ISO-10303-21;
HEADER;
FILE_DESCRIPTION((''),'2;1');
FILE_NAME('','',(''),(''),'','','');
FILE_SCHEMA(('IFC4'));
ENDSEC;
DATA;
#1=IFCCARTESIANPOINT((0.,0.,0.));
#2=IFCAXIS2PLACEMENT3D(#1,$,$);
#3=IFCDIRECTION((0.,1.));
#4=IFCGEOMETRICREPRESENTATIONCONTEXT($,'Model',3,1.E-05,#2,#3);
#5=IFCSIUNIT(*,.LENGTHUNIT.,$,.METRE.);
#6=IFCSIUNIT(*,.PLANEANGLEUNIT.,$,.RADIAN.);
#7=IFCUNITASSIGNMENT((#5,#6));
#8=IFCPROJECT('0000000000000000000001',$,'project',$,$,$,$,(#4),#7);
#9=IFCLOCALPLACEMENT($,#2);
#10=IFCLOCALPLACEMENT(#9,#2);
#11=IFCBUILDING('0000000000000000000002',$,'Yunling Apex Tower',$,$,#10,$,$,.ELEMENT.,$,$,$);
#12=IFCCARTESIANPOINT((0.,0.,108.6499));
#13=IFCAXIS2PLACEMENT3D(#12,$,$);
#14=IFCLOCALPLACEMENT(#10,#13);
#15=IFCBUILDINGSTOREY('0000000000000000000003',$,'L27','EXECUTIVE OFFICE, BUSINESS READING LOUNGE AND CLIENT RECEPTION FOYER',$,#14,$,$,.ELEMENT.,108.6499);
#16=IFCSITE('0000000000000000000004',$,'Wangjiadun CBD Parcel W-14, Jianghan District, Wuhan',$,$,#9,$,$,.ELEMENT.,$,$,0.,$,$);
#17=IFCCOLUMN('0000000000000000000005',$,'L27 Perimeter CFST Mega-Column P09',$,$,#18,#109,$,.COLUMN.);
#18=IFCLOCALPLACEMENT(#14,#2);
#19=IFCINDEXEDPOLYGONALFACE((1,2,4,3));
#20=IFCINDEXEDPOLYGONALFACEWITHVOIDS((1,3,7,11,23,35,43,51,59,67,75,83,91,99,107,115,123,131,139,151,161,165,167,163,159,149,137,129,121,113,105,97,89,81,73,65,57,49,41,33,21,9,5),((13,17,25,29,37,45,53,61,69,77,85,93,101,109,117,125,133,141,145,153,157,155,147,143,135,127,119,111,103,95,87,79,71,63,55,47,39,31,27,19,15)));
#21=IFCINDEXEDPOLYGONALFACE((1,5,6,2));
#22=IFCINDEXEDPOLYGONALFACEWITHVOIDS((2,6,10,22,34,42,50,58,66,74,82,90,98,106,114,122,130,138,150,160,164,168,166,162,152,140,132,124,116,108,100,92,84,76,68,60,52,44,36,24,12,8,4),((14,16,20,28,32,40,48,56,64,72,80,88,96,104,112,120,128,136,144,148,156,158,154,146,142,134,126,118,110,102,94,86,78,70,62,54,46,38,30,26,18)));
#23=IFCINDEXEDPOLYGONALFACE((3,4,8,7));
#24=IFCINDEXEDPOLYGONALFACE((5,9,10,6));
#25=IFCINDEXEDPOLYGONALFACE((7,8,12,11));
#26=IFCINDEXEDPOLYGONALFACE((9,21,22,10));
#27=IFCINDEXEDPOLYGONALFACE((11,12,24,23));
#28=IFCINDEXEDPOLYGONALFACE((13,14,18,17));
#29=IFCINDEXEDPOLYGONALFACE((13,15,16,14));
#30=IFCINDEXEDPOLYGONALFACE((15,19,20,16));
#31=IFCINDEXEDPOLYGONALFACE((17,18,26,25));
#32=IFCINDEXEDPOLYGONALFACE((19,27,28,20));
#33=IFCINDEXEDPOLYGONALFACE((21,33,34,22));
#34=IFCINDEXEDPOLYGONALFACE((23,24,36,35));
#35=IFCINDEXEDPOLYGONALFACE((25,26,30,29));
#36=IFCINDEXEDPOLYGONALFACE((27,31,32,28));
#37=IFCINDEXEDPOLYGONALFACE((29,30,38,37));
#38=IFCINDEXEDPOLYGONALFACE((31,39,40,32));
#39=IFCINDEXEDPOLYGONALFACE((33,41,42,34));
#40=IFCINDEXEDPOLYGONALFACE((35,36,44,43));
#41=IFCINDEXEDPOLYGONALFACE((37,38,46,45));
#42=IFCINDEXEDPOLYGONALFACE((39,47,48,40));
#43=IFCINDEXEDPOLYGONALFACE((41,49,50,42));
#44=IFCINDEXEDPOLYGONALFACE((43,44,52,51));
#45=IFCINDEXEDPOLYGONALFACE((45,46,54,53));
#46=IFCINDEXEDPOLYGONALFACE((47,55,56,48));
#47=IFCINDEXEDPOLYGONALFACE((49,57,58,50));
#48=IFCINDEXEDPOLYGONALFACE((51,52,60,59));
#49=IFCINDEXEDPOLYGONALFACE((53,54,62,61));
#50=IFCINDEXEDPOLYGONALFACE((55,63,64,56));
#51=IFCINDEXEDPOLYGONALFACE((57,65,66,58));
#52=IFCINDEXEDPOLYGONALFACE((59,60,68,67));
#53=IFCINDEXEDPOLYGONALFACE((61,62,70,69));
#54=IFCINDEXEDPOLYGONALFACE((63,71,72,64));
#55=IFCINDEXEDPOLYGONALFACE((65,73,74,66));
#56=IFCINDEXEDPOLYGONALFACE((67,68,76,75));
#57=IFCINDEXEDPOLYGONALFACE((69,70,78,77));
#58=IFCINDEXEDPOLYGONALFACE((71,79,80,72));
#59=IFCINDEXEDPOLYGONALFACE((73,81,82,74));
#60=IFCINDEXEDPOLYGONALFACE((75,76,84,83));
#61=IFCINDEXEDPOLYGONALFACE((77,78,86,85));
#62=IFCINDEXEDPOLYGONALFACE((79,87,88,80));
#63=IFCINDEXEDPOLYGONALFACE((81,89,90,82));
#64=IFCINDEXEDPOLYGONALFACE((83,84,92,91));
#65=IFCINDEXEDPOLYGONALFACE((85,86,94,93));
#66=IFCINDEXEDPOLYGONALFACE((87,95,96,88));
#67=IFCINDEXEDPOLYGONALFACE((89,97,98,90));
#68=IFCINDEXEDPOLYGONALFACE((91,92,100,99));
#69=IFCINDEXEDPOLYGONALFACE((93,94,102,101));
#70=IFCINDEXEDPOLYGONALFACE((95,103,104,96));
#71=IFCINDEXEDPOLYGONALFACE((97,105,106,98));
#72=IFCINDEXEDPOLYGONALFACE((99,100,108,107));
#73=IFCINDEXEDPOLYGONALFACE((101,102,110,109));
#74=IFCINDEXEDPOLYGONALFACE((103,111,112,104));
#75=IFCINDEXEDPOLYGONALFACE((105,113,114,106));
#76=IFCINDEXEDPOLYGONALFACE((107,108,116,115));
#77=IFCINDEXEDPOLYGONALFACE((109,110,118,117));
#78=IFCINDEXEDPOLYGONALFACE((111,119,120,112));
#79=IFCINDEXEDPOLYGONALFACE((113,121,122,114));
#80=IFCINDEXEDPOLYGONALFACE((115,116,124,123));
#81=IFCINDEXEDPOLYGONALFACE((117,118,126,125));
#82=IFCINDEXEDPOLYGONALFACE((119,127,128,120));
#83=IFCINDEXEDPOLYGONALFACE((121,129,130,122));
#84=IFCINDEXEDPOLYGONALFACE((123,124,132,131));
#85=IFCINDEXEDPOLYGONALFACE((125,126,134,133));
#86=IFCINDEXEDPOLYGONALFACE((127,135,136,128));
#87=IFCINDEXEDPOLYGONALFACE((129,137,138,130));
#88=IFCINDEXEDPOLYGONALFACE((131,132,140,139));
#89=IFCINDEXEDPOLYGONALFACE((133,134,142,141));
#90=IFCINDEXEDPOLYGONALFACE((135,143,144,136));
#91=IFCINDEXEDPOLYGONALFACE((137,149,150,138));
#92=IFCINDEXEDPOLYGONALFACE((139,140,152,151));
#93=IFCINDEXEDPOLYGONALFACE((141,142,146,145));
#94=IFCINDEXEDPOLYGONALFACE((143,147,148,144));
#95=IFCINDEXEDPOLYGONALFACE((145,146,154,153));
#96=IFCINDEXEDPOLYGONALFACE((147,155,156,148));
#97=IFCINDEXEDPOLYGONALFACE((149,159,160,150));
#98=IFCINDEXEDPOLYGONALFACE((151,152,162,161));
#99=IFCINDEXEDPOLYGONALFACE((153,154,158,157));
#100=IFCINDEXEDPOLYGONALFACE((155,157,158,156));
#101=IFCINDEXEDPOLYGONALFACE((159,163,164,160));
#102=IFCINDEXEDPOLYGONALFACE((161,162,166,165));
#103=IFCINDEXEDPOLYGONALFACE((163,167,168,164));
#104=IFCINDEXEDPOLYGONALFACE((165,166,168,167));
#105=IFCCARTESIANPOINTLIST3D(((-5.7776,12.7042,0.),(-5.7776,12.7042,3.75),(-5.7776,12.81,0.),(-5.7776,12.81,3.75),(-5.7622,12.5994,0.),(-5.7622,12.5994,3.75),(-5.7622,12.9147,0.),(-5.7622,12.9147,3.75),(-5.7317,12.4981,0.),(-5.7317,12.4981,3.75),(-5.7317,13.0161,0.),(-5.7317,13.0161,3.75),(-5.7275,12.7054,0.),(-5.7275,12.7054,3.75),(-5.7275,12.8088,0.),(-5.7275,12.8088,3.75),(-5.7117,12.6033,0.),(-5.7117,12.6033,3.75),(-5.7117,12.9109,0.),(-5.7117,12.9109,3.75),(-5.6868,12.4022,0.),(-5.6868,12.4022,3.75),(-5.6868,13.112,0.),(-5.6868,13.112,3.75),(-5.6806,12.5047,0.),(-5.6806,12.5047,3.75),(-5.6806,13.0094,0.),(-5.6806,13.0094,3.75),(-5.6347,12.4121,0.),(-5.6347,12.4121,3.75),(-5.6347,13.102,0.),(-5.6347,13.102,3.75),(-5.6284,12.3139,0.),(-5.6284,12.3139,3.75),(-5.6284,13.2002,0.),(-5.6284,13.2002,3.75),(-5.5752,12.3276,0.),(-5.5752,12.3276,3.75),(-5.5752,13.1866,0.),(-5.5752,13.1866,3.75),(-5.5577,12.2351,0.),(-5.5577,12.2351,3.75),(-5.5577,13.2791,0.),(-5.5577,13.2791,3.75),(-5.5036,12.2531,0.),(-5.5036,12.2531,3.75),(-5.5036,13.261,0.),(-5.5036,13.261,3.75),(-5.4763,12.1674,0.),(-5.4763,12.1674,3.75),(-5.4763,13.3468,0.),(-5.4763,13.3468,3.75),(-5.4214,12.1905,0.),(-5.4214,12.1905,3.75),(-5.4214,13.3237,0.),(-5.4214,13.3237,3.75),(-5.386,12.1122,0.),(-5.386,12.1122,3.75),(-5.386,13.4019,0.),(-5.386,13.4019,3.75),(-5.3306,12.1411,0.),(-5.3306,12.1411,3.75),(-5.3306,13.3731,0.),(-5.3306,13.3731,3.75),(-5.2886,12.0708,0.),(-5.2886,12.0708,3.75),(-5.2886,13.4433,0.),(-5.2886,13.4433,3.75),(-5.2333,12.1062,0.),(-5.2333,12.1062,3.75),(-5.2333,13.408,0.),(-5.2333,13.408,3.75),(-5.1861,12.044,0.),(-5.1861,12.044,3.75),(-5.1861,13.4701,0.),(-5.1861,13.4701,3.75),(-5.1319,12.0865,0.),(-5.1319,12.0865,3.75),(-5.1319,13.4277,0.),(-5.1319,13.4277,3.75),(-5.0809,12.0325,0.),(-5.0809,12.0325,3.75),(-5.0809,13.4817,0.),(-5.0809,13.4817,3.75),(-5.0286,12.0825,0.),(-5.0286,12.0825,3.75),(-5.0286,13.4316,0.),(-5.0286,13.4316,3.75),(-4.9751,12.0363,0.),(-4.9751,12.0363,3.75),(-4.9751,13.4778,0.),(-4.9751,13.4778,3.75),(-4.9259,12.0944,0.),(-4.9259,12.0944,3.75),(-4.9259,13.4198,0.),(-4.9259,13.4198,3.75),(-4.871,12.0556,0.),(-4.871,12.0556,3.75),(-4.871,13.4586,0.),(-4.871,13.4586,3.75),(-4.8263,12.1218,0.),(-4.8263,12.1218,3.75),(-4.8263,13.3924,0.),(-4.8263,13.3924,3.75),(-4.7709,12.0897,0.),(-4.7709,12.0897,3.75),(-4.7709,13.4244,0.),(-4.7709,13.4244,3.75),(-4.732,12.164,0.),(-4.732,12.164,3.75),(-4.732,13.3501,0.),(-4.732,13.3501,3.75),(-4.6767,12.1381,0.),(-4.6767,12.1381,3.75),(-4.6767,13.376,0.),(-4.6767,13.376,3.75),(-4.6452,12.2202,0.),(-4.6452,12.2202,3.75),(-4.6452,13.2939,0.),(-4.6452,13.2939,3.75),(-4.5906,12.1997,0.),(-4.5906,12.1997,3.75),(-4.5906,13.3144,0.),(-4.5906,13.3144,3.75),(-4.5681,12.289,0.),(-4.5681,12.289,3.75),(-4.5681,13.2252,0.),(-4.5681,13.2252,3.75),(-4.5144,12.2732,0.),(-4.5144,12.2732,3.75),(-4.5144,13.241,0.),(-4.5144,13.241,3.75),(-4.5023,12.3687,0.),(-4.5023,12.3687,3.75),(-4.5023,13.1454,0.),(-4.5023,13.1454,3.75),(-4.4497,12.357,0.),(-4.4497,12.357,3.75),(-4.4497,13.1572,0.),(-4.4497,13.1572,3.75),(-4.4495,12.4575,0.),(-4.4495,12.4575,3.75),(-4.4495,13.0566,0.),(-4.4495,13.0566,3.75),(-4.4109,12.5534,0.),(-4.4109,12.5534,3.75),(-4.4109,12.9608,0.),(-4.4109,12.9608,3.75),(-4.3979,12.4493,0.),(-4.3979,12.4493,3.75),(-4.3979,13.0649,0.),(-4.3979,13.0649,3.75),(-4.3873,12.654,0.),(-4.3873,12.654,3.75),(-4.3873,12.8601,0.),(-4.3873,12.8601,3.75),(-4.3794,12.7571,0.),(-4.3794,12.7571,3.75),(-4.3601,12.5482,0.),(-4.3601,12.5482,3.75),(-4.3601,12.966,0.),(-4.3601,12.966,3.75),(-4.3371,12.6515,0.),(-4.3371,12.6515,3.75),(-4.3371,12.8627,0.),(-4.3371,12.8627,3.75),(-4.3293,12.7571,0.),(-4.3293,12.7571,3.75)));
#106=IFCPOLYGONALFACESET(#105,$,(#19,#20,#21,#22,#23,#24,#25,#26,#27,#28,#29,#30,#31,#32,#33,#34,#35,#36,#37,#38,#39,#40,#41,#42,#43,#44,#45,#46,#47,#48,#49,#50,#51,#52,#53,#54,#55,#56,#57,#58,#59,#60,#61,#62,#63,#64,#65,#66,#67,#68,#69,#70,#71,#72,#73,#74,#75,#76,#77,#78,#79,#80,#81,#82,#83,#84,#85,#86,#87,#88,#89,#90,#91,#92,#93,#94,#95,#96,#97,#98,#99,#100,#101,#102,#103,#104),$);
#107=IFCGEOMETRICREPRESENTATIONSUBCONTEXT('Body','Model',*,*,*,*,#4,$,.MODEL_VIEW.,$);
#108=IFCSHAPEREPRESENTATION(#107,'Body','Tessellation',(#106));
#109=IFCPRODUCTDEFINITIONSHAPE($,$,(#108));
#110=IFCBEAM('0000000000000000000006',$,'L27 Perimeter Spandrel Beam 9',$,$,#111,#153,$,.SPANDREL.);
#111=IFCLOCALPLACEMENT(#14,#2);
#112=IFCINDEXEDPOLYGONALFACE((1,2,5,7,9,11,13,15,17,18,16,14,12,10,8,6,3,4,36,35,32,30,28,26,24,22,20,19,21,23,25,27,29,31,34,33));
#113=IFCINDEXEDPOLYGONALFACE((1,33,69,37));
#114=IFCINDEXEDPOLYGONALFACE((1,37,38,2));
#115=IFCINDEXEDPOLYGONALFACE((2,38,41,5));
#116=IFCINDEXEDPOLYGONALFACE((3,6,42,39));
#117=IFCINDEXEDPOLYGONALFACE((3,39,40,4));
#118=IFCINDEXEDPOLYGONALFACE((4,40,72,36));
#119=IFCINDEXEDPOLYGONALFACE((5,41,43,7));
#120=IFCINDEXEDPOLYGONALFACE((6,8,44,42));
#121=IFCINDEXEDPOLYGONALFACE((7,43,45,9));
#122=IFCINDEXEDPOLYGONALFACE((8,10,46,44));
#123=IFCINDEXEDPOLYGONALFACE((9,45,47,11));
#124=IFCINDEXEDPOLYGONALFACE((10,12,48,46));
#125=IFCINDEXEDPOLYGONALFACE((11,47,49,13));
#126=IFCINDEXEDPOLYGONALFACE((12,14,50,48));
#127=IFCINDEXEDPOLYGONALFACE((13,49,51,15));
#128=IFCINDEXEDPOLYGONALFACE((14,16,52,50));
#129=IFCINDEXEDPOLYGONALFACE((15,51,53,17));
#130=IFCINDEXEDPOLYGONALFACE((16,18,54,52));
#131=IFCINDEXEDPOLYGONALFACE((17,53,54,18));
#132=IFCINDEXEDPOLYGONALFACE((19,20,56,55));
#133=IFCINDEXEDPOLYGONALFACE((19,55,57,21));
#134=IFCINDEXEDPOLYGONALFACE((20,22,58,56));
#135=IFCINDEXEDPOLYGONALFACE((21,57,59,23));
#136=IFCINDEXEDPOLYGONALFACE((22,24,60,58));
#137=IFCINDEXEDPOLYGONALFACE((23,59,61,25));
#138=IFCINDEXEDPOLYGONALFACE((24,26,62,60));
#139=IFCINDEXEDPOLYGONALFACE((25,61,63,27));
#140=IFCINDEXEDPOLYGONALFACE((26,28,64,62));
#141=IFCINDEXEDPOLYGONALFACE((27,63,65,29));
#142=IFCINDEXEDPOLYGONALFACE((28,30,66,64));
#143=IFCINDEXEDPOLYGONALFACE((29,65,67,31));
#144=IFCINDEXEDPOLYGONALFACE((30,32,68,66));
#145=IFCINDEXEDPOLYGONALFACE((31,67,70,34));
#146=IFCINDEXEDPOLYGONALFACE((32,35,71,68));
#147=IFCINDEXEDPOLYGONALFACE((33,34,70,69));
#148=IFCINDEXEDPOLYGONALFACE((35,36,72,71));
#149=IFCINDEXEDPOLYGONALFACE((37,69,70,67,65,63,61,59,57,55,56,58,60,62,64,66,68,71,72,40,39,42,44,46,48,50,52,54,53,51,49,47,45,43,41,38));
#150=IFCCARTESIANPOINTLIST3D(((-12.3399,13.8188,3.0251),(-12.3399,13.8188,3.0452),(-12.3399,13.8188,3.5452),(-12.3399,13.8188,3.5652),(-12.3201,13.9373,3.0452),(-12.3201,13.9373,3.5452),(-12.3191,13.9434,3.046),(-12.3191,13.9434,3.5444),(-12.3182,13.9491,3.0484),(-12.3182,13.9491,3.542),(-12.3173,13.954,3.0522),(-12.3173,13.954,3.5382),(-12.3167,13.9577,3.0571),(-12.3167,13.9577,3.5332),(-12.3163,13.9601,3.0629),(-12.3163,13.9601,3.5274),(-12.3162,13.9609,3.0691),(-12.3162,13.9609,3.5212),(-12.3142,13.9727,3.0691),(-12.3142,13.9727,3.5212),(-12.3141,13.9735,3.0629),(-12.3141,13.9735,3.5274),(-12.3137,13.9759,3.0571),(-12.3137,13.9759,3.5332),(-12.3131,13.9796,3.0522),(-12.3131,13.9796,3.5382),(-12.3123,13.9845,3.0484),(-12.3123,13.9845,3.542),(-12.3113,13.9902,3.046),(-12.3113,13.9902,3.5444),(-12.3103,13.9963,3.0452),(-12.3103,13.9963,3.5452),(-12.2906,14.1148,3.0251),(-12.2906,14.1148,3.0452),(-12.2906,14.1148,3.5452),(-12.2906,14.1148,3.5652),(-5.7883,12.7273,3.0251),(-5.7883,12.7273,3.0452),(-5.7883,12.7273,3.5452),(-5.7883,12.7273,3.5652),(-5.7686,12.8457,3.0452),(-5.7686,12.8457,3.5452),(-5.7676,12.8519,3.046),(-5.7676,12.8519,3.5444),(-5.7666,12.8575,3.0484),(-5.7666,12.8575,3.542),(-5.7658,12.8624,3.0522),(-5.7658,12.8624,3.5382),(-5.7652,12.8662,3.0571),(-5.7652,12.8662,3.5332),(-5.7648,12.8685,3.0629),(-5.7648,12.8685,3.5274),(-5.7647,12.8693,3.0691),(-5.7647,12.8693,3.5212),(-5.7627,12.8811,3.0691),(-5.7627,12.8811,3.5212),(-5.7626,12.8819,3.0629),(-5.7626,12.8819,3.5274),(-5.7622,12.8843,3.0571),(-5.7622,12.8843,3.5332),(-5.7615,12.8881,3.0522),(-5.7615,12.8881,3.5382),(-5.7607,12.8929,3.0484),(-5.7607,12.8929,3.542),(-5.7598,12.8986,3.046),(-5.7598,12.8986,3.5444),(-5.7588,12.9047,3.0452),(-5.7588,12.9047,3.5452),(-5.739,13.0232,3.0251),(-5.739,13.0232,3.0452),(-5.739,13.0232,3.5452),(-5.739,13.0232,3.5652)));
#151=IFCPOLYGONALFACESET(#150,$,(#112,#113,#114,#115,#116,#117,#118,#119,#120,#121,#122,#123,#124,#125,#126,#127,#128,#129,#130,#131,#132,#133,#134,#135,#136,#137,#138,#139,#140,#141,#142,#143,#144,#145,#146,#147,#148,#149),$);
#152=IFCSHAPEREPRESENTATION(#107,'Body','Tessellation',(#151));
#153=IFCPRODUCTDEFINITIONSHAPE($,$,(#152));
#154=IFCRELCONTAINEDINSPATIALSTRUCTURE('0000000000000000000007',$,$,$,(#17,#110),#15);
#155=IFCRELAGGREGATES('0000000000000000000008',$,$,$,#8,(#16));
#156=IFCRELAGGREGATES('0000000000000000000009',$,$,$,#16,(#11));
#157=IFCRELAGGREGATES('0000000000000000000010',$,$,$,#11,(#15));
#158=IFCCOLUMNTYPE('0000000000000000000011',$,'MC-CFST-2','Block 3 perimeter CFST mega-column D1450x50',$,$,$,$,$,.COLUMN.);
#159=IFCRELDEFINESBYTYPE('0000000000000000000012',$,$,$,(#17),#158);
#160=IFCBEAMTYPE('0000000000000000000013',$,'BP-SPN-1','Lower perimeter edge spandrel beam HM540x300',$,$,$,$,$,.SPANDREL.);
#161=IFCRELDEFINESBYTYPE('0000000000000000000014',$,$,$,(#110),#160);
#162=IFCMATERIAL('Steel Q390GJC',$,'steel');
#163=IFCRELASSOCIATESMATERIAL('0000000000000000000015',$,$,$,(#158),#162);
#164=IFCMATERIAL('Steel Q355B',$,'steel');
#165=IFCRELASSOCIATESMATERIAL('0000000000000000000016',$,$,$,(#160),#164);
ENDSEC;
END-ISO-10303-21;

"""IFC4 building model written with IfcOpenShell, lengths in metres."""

from ifc_helpers import new_model, si_unit, direction, frame, origin, origin_2d, place, context, subcontext, project, spatial, hollow_circle, i_section, extrude, source, transform, mapped, material, material_profile, profile_set, type_object, element, save


model = new_model("IFC4")

# Units and contexts
model_context = context("Model", 3, precision=1e-05, world=origin(), true_north=direction((0.0, 1.0)))
body_context = subcontext(model_context, "Body", "Model", "MODEL_VIEW")
ifc_project = project(units=[si_unit("LENGTHUNIT", "METRE"), si_unit("PLANEANGLEUNIT", "RADIAN")], contexts=[model_context])

# Site, building, storey
site_placement = place(None, origin())
site = spatial("IfcSite", under=ifc_project, at=site_placement, Name="Wangjiadun CBD Parcel W-14, Jianghan District, Wuhan", CompositionType="ELEMENT", RefElevation=0.0)
building_placement = place(site_placement, origin())
building = spatial("IfcBuilding", under=site, at=building_placement, Name="Yunling Apex Tower", CompositionType="ELEMENT")
storey_placement = place(building_placement, frame((0.0, 0.0, 108.6499)))
storey = spatial("IfcBuildingStorey", under=building, at=storey_placement, Name="L27", Description="EXECUTIVE OFFICE, BUSINESS READING LOUNGE AND CLIENT RECEPTION FOYER", CompositionType="ELEMENT", Elevation=108.6499)

# Column
ifc_material_1 = material(Name="Steel Q390GJC", Category="steel")
ifc_material_profile_1 = material_profile(ifc_material_1, hollow_circle(Radius=0.7251, WallThickness=0.05, at=origin_2d()))
ifc_profile_set_1 = profile_set([ifc_material_profile_1], Name="Steel Q390GJC")
column_type = type_object("IfcColumnType", Name="MC-CFST-2", Description="Block 3 perimeter CFST mega-column D1450x50", PredefinedType="COLUMN", material=ifc_profile_set_1)
shared_shape_1 = source(origin(), body_context, "Body", "SweptSolid", [
    extrude(hollow_circle(Radius=0.7251, WallThickness=0.05, at=origin_2d()), origin(), (0.0, 0.0, 1.0), 3.75),
])
column_placement = place(storey_placement, frame((-5.0544, 12.7571, 0.0), z_axis=(0.0, 0.0, 1.0), x_axis=(1.0, 0.0, 0.0)))
element("IfcColumn", 1, at=column_placement, inside=storey, type_object=column_type, Name="L27 Perimeter CFST Mega-Column P09", PredefinedType="COLUMN", context=body_context, shape_type="MappedRepresentation", body=[
    mapped(shared_shape_1, transform((0.0, 0.0, 0.0), scale=1.0)),
])

# Beam
ifc_material_2 = material(Name="Steel Q355B", Category="steel")
ifc_material_profile_2 = material_profile(ifc_material_2, i_section(OverallWidth=0.3, OverallDepth=0.54, WebThickness=0.012, FlangeThickness=0.02, FilletRadius=0.0239, at=origin_2d()))
ifc_profile_set_2 = profile_set([ifc_material_profile_2], Name="Steel Q355B")
beam_type_1 = type_object("IfcBeamType", Name="BP-SPN-1", Description="Lower perimeter edge spandrel beam HM540x300", PredefinedType="SPANDREL", material=ifc_profile_set_2)
shared_shape_2 = source(origin(), body_context, "Body", "SweptSolid", [
    extrude(i_section(OverallWidth=0.3, OverallDepth=0.54, WebThickness=0.012, FlangeThickness=0.02, FilletRadius=0.0239, at=origin_2d()), origin(), (0.0, 0.0, 1.0), 6.6418),
])
beam_1_placement = place(storey_placement, frame((-5.7637, 12.8752, 3.2952), z_axis=(-0.986403, 0.164345, 0.0), x_axis=(-0.164345, -0.986403, 0.0)))
element("IfcBeam", 2, at=beam_1_placement, inside=storey, type_object=beam_type_1, Name="L27 Perimeter Spandrel Beam 9", PredefinedType="SPANDREL", context=body_context, shape_type="MappedRepresentation", body=[
    mapped(shared_shape_2, transform((0.0, 0.0, 0.0), scale=1.0)),
])

save(model, "model.ifc")
